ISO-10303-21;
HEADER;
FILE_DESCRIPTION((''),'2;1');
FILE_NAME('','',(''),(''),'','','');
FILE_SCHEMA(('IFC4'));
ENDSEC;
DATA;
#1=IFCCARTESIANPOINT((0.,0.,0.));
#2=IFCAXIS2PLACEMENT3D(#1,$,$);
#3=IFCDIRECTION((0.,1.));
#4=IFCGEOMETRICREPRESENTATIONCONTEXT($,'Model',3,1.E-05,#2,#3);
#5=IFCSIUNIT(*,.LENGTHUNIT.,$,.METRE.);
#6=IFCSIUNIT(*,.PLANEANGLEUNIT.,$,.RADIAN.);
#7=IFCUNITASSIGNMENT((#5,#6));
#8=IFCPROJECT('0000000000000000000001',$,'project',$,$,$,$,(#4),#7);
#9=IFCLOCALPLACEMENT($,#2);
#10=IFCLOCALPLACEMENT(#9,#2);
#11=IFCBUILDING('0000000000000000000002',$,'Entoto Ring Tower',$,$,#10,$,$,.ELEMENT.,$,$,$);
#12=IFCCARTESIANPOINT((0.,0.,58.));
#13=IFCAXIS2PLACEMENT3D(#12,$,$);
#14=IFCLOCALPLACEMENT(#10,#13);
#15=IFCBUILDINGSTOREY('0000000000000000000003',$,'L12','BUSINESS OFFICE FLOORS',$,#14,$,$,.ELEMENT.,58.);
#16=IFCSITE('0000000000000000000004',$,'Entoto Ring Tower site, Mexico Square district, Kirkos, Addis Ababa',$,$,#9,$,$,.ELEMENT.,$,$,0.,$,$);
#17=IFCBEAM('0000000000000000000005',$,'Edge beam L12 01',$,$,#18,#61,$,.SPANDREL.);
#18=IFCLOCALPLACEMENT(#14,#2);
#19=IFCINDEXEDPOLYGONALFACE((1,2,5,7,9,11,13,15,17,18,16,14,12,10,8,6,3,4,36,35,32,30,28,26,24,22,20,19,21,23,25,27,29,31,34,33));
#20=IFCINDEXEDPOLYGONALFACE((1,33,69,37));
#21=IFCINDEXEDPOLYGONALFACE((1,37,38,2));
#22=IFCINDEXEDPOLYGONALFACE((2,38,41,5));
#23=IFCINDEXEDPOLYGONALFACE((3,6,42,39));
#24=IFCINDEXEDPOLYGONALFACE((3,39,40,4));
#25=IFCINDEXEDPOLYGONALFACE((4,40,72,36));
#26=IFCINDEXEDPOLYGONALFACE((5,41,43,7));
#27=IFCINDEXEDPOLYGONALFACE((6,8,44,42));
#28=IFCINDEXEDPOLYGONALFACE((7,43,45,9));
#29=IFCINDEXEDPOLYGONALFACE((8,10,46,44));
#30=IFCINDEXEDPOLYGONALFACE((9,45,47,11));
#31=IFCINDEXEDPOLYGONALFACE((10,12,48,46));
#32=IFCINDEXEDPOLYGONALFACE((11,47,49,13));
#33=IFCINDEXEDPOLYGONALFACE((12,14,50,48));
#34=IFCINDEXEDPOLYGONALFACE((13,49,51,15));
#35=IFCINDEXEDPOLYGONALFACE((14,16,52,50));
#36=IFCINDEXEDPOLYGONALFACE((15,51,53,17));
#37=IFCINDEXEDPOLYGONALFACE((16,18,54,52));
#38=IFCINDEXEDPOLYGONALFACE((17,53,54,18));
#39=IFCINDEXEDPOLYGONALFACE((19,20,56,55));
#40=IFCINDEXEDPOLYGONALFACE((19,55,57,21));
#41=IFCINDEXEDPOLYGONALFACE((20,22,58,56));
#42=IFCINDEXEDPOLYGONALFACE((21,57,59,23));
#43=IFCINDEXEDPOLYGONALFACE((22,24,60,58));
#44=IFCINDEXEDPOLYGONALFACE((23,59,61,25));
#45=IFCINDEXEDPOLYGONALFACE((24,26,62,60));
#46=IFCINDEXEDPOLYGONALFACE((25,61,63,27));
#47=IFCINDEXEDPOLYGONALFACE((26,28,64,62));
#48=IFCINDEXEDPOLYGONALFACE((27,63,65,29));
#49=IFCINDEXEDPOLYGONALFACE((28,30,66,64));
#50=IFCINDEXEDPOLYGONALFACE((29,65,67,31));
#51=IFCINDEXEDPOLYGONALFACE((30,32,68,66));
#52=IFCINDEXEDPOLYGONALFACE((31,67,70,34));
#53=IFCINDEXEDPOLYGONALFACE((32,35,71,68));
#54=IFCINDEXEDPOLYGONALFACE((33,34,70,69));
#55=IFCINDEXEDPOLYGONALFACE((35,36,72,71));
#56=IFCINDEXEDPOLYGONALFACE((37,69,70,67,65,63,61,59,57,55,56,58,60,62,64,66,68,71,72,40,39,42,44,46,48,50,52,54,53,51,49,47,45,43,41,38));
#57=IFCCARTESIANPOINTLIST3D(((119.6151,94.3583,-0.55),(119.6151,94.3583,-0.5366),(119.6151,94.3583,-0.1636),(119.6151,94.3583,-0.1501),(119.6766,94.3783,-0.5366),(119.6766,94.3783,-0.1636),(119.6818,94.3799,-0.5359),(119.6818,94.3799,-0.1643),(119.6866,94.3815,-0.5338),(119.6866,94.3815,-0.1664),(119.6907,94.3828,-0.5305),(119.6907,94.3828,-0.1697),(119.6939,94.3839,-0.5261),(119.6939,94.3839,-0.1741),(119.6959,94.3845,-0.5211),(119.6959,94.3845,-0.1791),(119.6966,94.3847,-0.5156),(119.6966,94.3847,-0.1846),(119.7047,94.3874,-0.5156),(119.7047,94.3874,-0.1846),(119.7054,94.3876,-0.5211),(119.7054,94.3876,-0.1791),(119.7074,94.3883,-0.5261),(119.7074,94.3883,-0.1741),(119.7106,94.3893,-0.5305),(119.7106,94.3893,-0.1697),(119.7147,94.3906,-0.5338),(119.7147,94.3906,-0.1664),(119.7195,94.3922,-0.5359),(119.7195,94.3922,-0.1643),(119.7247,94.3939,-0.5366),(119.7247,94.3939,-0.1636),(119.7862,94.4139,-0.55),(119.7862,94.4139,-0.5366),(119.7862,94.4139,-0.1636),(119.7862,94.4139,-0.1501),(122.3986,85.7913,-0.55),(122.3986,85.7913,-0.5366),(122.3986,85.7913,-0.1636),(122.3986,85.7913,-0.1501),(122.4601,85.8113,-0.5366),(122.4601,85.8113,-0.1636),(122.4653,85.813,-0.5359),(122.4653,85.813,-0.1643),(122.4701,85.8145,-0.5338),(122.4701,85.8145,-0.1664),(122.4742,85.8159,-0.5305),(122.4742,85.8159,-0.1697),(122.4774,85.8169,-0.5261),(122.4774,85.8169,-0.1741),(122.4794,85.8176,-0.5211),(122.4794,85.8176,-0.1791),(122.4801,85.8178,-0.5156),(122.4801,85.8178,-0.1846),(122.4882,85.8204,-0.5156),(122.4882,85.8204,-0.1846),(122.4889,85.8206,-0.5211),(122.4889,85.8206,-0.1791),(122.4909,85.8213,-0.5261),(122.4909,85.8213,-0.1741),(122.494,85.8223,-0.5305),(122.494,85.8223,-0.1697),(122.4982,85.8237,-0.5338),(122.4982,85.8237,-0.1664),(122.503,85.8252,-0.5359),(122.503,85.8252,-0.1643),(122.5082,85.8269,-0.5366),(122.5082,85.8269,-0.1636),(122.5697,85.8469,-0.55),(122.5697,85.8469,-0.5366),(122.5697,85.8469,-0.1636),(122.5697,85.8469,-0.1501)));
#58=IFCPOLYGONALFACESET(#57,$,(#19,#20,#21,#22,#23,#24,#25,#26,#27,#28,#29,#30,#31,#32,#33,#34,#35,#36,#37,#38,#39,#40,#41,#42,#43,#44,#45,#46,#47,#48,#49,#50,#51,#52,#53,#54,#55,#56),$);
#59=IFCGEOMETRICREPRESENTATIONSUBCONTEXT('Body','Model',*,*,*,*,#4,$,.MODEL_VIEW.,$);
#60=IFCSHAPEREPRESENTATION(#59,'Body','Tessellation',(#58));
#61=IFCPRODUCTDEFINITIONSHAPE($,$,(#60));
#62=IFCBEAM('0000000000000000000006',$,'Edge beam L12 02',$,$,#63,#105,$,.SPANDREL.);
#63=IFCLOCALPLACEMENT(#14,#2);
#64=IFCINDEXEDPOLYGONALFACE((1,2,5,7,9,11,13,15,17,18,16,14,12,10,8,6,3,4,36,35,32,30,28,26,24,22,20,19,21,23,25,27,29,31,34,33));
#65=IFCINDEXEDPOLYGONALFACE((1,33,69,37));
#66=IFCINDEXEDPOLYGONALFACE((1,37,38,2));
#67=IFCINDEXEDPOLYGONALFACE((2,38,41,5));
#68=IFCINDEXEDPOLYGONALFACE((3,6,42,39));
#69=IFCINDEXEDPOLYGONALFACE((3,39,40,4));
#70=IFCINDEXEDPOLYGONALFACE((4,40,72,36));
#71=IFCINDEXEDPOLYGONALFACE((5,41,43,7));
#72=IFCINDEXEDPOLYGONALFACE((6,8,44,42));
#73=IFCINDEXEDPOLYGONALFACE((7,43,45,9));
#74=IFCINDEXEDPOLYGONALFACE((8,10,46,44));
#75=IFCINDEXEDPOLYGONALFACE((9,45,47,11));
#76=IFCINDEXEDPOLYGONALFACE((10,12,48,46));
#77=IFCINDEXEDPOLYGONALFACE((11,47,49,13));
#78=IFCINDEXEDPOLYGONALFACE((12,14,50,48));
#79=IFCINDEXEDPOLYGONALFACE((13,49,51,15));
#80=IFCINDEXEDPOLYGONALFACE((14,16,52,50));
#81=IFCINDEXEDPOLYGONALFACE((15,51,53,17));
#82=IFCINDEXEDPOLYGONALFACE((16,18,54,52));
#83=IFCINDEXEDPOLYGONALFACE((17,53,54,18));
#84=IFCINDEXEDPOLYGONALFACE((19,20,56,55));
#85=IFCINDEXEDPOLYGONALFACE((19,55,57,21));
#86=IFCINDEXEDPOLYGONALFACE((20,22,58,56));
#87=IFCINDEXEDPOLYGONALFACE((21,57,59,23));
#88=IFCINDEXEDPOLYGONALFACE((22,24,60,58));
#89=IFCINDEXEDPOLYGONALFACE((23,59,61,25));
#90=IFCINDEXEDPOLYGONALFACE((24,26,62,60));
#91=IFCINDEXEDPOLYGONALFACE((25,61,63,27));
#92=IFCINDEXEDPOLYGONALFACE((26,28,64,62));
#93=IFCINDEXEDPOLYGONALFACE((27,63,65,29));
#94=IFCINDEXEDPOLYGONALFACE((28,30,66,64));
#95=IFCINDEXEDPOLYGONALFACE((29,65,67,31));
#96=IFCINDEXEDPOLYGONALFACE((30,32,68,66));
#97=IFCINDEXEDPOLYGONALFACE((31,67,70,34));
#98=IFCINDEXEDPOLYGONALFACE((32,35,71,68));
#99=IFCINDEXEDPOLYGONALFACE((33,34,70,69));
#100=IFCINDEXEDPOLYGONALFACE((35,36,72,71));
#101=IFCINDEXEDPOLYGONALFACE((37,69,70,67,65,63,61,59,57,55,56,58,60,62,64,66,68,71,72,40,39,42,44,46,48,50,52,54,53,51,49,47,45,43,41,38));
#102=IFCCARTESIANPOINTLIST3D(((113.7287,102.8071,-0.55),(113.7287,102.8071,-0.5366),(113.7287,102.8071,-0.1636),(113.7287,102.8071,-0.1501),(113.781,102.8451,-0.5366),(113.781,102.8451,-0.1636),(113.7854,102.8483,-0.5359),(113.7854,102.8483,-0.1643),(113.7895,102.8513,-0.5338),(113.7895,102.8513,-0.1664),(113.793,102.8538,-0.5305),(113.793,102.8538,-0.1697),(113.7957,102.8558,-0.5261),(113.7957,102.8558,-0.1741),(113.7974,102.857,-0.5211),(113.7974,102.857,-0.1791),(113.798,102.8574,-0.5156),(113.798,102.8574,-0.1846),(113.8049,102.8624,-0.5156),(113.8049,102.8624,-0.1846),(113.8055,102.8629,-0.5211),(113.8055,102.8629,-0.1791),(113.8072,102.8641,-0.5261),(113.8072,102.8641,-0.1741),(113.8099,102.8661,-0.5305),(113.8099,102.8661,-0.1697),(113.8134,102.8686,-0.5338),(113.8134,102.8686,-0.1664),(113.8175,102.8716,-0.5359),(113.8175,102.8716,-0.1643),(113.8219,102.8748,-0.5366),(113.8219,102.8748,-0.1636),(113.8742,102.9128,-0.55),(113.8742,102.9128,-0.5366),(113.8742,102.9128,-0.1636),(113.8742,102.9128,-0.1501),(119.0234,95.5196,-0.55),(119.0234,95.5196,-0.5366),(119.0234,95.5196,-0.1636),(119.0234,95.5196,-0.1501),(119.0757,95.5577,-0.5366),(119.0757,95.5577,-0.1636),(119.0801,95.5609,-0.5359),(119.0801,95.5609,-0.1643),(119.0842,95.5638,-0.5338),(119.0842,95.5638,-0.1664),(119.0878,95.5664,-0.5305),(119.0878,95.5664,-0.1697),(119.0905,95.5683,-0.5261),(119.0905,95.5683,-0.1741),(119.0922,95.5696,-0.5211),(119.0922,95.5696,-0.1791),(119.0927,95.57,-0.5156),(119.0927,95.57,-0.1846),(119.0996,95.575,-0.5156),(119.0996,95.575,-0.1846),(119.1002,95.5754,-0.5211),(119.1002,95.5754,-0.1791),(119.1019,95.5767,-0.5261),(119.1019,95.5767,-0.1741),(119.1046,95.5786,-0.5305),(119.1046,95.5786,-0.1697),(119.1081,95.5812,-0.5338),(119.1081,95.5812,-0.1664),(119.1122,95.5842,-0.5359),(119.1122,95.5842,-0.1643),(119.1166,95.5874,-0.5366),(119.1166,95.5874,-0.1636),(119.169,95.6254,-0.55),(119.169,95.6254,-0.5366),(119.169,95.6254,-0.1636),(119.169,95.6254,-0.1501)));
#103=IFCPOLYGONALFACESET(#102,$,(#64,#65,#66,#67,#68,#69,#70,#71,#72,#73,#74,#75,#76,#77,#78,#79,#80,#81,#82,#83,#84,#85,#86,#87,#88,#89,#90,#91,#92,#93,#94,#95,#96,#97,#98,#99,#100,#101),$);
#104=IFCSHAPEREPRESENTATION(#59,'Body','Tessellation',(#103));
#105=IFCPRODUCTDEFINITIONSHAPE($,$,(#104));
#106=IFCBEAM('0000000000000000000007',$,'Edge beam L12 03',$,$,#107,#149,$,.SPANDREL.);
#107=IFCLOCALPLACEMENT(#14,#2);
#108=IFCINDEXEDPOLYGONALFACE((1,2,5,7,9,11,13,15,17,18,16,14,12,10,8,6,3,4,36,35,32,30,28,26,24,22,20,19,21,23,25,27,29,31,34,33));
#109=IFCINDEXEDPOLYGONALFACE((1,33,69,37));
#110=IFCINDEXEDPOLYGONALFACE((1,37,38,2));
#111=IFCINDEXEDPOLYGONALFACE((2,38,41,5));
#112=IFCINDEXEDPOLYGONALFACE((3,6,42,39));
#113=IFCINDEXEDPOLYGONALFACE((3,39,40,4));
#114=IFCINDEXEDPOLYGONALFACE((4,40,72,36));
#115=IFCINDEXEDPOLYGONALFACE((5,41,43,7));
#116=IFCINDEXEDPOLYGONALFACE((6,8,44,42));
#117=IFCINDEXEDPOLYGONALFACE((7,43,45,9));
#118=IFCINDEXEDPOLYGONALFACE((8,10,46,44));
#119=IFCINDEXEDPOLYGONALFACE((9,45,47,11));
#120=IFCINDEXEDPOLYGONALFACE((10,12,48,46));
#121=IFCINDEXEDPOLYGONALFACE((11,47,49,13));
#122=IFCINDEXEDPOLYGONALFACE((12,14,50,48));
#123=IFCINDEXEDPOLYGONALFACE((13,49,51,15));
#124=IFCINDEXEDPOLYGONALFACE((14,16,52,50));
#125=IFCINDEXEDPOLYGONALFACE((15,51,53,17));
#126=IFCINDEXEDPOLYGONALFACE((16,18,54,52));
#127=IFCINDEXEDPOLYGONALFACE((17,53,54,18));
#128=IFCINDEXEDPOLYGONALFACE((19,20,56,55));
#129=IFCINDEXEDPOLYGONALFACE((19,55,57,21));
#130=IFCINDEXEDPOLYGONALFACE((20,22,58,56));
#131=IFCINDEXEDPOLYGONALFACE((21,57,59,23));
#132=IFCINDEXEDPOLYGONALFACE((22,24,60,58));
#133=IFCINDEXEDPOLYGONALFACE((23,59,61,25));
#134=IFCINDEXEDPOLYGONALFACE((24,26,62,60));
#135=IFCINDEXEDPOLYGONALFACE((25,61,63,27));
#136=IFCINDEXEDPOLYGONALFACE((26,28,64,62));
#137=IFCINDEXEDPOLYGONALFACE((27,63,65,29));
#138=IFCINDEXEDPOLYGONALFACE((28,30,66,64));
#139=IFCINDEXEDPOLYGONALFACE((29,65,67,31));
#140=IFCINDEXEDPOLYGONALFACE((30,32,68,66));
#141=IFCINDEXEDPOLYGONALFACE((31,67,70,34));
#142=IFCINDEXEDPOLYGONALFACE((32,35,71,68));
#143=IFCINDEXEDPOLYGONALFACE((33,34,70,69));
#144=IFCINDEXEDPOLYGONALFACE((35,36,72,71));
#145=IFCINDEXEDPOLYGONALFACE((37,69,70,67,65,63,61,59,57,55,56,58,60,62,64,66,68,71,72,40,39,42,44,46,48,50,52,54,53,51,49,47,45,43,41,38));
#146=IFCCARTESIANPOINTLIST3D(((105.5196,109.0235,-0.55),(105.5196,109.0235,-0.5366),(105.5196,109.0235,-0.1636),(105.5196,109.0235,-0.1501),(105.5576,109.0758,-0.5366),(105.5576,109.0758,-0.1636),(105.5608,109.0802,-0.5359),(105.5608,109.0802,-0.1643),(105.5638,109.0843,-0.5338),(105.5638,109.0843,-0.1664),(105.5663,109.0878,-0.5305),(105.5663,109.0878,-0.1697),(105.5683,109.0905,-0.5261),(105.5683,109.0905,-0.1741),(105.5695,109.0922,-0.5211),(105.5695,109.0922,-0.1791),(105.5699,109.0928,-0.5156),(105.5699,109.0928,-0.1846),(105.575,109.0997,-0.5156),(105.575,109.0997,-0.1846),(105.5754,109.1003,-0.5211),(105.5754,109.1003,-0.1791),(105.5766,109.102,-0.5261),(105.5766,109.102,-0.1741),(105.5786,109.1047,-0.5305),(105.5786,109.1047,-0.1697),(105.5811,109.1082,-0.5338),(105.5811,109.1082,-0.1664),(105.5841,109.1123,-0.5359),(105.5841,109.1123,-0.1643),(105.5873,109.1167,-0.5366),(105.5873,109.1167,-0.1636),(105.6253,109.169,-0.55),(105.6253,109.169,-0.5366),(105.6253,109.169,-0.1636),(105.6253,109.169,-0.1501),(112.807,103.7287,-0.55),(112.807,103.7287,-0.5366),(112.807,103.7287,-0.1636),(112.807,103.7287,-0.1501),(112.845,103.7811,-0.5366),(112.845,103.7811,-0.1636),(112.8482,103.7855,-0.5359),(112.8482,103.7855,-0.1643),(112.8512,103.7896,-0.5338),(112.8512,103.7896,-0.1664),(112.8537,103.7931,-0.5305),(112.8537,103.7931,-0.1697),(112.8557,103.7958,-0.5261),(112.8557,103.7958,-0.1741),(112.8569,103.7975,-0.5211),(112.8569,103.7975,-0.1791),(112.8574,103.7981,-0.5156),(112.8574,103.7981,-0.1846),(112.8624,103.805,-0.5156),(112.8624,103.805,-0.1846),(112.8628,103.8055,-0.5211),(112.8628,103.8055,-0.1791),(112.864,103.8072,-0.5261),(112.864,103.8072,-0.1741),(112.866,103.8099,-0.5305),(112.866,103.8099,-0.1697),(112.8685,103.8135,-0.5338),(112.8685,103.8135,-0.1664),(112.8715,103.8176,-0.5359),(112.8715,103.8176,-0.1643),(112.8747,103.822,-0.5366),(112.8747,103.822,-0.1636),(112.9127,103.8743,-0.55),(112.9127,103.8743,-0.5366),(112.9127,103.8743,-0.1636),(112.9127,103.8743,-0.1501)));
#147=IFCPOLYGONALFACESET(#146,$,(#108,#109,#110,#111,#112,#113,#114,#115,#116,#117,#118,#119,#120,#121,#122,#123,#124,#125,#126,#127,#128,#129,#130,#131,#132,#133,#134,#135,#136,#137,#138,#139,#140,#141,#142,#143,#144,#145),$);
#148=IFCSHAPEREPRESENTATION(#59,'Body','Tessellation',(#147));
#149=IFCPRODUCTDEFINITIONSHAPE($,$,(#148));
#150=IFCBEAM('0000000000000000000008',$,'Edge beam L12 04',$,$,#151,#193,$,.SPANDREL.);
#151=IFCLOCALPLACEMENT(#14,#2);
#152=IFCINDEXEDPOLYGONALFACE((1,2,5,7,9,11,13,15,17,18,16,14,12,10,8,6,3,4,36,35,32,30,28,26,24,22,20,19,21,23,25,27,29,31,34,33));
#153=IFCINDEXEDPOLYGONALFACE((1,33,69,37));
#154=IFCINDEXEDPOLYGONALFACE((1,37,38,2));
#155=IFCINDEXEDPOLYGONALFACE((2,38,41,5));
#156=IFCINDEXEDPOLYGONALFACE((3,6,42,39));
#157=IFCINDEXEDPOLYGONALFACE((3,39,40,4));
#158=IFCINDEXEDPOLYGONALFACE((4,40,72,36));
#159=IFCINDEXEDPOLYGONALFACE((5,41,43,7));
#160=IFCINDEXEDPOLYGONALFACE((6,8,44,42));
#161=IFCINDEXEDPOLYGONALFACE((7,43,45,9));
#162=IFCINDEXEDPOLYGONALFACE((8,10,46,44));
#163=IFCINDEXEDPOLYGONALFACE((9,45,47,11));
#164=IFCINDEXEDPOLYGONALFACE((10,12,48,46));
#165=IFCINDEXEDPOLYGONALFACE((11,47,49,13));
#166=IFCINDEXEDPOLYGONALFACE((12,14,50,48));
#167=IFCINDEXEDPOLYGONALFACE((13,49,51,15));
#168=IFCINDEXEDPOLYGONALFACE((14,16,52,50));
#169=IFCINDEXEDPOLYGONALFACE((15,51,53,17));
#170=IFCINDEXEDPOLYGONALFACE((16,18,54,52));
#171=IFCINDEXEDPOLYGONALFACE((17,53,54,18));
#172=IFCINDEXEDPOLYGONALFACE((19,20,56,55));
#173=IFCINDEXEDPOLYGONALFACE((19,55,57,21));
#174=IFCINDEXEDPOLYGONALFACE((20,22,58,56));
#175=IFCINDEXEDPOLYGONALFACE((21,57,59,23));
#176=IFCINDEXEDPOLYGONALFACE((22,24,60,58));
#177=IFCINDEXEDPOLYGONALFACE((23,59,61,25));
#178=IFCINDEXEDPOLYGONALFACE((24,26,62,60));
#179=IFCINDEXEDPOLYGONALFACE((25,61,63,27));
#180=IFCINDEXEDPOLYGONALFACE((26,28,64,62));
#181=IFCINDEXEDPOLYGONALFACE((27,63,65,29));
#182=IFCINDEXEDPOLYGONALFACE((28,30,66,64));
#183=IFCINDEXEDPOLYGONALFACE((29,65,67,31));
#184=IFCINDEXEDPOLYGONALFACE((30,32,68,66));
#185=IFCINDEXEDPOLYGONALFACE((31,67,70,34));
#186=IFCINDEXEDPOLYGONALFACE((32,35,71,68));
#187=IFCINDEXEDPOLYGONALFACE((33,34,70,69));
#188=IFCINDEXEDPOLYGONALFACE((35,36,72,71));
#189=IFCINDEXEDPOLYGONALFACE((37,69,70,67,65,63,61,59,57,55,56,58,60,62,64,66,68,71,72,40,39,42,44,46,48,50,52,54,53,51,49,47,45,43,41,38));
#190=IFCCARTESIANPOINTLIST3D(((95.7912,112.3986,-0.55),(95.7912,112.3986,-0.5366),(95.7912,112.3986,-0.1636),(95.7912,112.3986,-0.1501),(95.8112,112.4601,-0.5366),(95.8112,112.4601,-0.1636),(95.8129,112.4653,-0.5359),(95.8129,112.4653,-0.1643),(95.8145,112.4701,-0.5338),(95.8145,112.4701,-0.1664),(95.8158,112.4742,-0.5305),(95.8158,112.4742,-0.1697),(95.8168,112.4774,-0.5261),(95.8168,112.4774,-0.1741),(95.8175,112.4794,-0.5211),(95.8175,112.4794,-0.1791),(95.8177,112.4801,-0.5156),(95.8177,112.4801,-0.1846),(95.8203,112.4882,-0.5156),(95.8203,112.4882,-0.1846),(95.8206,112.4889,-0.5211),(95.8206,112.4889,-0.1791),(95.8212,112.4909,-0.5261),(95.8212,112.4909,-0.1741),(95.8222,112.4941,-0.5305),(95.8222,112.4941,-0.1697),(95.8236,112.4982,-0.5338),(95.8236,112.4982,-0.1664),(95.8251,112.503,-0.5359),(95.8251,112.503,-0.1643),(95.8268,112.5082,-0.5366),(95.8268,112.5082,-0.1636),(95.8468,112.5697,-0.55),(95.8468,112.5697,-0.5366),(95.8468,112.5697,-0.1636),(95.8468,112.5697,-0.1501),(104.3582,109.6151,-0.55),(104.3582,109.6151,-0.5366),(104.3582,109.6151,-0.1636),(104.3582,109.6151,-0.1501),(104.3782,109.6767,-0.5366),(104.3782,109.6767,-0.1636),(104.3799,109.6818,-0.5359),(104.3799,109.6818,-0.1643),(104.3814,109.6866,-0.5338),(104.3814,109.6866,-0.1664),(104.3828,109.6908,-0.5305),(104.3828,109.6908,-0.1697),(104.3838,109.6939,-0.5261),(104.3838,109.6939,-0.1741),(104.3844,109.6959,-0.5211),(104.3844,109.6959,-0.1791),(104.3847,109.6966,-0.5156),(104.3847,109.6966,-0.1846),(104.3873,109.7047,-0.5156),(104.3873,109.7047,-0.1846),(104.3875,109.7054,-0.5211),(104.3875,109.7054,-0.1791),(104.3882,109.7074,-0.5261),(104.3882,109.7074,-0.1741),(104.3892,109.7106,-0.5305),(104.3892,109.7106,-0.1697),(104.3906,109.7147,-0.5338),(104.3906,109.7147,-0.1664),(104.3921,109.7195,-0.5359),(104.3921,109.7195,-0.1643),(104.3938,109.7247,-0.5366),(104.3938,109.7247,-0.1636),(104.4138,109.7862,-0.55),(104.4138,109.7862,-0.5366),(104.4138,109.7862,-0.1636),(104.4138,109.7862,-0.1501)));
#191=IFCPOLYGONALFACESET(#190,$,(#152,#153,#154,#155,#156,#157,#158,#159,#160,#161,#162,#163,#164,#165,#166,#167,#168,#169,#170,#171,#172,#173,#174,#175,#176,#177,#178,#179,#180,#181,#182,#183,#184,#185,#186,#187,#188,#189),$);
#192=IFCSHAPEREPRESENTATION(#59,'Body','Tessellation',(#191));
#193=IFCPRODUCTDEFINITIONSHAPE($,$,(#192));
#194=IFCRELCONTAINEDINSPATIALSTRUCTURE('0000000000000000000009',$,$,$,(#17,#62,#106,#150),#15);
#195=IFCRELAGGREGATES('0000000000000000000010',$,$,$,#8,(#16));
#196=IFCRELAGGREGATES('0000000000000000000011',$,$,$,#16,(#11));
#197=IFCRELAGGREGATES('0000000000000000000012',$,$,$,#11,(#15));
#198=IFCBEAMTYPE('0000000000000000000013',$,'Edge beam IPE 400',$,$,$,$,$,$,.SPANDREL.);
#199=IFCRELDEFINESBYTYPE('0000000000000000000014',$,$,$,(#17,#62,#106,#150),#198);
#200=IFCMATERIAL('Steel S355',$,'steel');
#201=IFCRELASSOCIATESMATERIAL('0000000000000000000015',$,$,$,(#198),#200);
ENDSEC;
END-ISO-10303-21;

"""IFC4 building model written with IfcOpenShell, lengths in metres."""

from ifc_helpers import new_model, si_unit, direction, frame, origin, origin_2d, place, context, subcontext, project, spatial, i_section, extrude, material, material_profile, profile_set, type_object, element, save


model = new_model("IFC4")

# Units and contexts
model_context = context("Model", 3, precision=1e-05, world=origin(), true_north=direction((0.0, 1.0)))
body_context = subcontext(model_context, "Body", "Model", "MODEL_VIEW")
ifc_project = project(units=[si_unit("LENGTHUNIT", "METRE"), si_unit("PLANEANGLEUNIT", "RADIAN")], contexts=[model_context])

# Site, building, storey
site_placement = place(None, origin())
site = spatial("IfcSite", under=ifc_project, at=site_placement, Name="Entoto Ring Tower site, Mexico Square district, Kirkos, Addis Ababa", CompositionType="ELEMENT", RefElevation=0.0)
building_placement = place(site_placement, origin())
building = spatial("IfcBuilding", under=site, at=building_placement, Name="Entoto Ring Tower", CompositionType="ELEMENT")
storey_placement = place(building_placement, frame((0.0, 0.0, 58.0)))
storey = spatial("IfcBuildingStorey", under=building, at=storey_placement, Name="L12", Description="BUSINESS OFFICE FLOORS", CompositionType="ELEMENT", Elevation=58.0)

# Beams
ifc_material_1 = material(Name="Steel S355", Category="steel")
ifc_material_profile_1 = material_profile(ifc_material_1, i_section(OverallWidth=0.1799, OverallDepth=0.3999, WebThickness=0.0085, FlangeThickness=0.0134, FilletRadius=0.021, at=origin_2d()), Name="IPE 400")
ifc_profile_set_1 = profile_set([ifc_material_profile_1], Name="Steel S355")
beam_type_1 = type_object("IfcBeamType", Name="Edge beam IPE 400", PredefinedType="SPANDREL", material=ifc_profile_set_1)
for number, where, z_axis, x_axis, name in (
    (1, (122.4841, 85.8191, -0.3501), (-0.309006, 0.95106, 0.0), (-0.95106, -0.309006, 0.0), "Edge beam L12 01"),
    (2, (119.0962, 95.5725, -0.3501), (-0.587793, 0.809011, 0.0), (-0.809011, -0.587793, 0.0), "Edge beam L12 02"),
    (3, (112.8599, 103.8015, -0.3501), (-0.809011, 0.587793, 0.0), (-0.587793, -0.809011, 0.0), "Edge beam L12 03"),
    (4, (104.386, 109.7007, -0.3501), (-0.95106, 0.309006, 0.0), (-0.309006, -0.95106, 0.0), "Edge beam L12 04"),
):
    element("IfcBeam", number, at=place(storey_placement, frame(where, z_axis=z_axis, x_axis=x_axis)), inside=storey, type_object=beam_type_1, Name=name, PredefinedType="SPANDREL", context=body_context, shape_type="SweptSolid", body=[
        extrude(i_section(OverallWidth=0.1799, OverallDepth=0.3999, WebThickness=0.0085, FlangeThickness=0.0134, FilletRadius=0.021, at=origin_2d()), origin(), (0.0, 0.0, 1.0), 9.0078),
    ])

save(model, "model.ifc")
